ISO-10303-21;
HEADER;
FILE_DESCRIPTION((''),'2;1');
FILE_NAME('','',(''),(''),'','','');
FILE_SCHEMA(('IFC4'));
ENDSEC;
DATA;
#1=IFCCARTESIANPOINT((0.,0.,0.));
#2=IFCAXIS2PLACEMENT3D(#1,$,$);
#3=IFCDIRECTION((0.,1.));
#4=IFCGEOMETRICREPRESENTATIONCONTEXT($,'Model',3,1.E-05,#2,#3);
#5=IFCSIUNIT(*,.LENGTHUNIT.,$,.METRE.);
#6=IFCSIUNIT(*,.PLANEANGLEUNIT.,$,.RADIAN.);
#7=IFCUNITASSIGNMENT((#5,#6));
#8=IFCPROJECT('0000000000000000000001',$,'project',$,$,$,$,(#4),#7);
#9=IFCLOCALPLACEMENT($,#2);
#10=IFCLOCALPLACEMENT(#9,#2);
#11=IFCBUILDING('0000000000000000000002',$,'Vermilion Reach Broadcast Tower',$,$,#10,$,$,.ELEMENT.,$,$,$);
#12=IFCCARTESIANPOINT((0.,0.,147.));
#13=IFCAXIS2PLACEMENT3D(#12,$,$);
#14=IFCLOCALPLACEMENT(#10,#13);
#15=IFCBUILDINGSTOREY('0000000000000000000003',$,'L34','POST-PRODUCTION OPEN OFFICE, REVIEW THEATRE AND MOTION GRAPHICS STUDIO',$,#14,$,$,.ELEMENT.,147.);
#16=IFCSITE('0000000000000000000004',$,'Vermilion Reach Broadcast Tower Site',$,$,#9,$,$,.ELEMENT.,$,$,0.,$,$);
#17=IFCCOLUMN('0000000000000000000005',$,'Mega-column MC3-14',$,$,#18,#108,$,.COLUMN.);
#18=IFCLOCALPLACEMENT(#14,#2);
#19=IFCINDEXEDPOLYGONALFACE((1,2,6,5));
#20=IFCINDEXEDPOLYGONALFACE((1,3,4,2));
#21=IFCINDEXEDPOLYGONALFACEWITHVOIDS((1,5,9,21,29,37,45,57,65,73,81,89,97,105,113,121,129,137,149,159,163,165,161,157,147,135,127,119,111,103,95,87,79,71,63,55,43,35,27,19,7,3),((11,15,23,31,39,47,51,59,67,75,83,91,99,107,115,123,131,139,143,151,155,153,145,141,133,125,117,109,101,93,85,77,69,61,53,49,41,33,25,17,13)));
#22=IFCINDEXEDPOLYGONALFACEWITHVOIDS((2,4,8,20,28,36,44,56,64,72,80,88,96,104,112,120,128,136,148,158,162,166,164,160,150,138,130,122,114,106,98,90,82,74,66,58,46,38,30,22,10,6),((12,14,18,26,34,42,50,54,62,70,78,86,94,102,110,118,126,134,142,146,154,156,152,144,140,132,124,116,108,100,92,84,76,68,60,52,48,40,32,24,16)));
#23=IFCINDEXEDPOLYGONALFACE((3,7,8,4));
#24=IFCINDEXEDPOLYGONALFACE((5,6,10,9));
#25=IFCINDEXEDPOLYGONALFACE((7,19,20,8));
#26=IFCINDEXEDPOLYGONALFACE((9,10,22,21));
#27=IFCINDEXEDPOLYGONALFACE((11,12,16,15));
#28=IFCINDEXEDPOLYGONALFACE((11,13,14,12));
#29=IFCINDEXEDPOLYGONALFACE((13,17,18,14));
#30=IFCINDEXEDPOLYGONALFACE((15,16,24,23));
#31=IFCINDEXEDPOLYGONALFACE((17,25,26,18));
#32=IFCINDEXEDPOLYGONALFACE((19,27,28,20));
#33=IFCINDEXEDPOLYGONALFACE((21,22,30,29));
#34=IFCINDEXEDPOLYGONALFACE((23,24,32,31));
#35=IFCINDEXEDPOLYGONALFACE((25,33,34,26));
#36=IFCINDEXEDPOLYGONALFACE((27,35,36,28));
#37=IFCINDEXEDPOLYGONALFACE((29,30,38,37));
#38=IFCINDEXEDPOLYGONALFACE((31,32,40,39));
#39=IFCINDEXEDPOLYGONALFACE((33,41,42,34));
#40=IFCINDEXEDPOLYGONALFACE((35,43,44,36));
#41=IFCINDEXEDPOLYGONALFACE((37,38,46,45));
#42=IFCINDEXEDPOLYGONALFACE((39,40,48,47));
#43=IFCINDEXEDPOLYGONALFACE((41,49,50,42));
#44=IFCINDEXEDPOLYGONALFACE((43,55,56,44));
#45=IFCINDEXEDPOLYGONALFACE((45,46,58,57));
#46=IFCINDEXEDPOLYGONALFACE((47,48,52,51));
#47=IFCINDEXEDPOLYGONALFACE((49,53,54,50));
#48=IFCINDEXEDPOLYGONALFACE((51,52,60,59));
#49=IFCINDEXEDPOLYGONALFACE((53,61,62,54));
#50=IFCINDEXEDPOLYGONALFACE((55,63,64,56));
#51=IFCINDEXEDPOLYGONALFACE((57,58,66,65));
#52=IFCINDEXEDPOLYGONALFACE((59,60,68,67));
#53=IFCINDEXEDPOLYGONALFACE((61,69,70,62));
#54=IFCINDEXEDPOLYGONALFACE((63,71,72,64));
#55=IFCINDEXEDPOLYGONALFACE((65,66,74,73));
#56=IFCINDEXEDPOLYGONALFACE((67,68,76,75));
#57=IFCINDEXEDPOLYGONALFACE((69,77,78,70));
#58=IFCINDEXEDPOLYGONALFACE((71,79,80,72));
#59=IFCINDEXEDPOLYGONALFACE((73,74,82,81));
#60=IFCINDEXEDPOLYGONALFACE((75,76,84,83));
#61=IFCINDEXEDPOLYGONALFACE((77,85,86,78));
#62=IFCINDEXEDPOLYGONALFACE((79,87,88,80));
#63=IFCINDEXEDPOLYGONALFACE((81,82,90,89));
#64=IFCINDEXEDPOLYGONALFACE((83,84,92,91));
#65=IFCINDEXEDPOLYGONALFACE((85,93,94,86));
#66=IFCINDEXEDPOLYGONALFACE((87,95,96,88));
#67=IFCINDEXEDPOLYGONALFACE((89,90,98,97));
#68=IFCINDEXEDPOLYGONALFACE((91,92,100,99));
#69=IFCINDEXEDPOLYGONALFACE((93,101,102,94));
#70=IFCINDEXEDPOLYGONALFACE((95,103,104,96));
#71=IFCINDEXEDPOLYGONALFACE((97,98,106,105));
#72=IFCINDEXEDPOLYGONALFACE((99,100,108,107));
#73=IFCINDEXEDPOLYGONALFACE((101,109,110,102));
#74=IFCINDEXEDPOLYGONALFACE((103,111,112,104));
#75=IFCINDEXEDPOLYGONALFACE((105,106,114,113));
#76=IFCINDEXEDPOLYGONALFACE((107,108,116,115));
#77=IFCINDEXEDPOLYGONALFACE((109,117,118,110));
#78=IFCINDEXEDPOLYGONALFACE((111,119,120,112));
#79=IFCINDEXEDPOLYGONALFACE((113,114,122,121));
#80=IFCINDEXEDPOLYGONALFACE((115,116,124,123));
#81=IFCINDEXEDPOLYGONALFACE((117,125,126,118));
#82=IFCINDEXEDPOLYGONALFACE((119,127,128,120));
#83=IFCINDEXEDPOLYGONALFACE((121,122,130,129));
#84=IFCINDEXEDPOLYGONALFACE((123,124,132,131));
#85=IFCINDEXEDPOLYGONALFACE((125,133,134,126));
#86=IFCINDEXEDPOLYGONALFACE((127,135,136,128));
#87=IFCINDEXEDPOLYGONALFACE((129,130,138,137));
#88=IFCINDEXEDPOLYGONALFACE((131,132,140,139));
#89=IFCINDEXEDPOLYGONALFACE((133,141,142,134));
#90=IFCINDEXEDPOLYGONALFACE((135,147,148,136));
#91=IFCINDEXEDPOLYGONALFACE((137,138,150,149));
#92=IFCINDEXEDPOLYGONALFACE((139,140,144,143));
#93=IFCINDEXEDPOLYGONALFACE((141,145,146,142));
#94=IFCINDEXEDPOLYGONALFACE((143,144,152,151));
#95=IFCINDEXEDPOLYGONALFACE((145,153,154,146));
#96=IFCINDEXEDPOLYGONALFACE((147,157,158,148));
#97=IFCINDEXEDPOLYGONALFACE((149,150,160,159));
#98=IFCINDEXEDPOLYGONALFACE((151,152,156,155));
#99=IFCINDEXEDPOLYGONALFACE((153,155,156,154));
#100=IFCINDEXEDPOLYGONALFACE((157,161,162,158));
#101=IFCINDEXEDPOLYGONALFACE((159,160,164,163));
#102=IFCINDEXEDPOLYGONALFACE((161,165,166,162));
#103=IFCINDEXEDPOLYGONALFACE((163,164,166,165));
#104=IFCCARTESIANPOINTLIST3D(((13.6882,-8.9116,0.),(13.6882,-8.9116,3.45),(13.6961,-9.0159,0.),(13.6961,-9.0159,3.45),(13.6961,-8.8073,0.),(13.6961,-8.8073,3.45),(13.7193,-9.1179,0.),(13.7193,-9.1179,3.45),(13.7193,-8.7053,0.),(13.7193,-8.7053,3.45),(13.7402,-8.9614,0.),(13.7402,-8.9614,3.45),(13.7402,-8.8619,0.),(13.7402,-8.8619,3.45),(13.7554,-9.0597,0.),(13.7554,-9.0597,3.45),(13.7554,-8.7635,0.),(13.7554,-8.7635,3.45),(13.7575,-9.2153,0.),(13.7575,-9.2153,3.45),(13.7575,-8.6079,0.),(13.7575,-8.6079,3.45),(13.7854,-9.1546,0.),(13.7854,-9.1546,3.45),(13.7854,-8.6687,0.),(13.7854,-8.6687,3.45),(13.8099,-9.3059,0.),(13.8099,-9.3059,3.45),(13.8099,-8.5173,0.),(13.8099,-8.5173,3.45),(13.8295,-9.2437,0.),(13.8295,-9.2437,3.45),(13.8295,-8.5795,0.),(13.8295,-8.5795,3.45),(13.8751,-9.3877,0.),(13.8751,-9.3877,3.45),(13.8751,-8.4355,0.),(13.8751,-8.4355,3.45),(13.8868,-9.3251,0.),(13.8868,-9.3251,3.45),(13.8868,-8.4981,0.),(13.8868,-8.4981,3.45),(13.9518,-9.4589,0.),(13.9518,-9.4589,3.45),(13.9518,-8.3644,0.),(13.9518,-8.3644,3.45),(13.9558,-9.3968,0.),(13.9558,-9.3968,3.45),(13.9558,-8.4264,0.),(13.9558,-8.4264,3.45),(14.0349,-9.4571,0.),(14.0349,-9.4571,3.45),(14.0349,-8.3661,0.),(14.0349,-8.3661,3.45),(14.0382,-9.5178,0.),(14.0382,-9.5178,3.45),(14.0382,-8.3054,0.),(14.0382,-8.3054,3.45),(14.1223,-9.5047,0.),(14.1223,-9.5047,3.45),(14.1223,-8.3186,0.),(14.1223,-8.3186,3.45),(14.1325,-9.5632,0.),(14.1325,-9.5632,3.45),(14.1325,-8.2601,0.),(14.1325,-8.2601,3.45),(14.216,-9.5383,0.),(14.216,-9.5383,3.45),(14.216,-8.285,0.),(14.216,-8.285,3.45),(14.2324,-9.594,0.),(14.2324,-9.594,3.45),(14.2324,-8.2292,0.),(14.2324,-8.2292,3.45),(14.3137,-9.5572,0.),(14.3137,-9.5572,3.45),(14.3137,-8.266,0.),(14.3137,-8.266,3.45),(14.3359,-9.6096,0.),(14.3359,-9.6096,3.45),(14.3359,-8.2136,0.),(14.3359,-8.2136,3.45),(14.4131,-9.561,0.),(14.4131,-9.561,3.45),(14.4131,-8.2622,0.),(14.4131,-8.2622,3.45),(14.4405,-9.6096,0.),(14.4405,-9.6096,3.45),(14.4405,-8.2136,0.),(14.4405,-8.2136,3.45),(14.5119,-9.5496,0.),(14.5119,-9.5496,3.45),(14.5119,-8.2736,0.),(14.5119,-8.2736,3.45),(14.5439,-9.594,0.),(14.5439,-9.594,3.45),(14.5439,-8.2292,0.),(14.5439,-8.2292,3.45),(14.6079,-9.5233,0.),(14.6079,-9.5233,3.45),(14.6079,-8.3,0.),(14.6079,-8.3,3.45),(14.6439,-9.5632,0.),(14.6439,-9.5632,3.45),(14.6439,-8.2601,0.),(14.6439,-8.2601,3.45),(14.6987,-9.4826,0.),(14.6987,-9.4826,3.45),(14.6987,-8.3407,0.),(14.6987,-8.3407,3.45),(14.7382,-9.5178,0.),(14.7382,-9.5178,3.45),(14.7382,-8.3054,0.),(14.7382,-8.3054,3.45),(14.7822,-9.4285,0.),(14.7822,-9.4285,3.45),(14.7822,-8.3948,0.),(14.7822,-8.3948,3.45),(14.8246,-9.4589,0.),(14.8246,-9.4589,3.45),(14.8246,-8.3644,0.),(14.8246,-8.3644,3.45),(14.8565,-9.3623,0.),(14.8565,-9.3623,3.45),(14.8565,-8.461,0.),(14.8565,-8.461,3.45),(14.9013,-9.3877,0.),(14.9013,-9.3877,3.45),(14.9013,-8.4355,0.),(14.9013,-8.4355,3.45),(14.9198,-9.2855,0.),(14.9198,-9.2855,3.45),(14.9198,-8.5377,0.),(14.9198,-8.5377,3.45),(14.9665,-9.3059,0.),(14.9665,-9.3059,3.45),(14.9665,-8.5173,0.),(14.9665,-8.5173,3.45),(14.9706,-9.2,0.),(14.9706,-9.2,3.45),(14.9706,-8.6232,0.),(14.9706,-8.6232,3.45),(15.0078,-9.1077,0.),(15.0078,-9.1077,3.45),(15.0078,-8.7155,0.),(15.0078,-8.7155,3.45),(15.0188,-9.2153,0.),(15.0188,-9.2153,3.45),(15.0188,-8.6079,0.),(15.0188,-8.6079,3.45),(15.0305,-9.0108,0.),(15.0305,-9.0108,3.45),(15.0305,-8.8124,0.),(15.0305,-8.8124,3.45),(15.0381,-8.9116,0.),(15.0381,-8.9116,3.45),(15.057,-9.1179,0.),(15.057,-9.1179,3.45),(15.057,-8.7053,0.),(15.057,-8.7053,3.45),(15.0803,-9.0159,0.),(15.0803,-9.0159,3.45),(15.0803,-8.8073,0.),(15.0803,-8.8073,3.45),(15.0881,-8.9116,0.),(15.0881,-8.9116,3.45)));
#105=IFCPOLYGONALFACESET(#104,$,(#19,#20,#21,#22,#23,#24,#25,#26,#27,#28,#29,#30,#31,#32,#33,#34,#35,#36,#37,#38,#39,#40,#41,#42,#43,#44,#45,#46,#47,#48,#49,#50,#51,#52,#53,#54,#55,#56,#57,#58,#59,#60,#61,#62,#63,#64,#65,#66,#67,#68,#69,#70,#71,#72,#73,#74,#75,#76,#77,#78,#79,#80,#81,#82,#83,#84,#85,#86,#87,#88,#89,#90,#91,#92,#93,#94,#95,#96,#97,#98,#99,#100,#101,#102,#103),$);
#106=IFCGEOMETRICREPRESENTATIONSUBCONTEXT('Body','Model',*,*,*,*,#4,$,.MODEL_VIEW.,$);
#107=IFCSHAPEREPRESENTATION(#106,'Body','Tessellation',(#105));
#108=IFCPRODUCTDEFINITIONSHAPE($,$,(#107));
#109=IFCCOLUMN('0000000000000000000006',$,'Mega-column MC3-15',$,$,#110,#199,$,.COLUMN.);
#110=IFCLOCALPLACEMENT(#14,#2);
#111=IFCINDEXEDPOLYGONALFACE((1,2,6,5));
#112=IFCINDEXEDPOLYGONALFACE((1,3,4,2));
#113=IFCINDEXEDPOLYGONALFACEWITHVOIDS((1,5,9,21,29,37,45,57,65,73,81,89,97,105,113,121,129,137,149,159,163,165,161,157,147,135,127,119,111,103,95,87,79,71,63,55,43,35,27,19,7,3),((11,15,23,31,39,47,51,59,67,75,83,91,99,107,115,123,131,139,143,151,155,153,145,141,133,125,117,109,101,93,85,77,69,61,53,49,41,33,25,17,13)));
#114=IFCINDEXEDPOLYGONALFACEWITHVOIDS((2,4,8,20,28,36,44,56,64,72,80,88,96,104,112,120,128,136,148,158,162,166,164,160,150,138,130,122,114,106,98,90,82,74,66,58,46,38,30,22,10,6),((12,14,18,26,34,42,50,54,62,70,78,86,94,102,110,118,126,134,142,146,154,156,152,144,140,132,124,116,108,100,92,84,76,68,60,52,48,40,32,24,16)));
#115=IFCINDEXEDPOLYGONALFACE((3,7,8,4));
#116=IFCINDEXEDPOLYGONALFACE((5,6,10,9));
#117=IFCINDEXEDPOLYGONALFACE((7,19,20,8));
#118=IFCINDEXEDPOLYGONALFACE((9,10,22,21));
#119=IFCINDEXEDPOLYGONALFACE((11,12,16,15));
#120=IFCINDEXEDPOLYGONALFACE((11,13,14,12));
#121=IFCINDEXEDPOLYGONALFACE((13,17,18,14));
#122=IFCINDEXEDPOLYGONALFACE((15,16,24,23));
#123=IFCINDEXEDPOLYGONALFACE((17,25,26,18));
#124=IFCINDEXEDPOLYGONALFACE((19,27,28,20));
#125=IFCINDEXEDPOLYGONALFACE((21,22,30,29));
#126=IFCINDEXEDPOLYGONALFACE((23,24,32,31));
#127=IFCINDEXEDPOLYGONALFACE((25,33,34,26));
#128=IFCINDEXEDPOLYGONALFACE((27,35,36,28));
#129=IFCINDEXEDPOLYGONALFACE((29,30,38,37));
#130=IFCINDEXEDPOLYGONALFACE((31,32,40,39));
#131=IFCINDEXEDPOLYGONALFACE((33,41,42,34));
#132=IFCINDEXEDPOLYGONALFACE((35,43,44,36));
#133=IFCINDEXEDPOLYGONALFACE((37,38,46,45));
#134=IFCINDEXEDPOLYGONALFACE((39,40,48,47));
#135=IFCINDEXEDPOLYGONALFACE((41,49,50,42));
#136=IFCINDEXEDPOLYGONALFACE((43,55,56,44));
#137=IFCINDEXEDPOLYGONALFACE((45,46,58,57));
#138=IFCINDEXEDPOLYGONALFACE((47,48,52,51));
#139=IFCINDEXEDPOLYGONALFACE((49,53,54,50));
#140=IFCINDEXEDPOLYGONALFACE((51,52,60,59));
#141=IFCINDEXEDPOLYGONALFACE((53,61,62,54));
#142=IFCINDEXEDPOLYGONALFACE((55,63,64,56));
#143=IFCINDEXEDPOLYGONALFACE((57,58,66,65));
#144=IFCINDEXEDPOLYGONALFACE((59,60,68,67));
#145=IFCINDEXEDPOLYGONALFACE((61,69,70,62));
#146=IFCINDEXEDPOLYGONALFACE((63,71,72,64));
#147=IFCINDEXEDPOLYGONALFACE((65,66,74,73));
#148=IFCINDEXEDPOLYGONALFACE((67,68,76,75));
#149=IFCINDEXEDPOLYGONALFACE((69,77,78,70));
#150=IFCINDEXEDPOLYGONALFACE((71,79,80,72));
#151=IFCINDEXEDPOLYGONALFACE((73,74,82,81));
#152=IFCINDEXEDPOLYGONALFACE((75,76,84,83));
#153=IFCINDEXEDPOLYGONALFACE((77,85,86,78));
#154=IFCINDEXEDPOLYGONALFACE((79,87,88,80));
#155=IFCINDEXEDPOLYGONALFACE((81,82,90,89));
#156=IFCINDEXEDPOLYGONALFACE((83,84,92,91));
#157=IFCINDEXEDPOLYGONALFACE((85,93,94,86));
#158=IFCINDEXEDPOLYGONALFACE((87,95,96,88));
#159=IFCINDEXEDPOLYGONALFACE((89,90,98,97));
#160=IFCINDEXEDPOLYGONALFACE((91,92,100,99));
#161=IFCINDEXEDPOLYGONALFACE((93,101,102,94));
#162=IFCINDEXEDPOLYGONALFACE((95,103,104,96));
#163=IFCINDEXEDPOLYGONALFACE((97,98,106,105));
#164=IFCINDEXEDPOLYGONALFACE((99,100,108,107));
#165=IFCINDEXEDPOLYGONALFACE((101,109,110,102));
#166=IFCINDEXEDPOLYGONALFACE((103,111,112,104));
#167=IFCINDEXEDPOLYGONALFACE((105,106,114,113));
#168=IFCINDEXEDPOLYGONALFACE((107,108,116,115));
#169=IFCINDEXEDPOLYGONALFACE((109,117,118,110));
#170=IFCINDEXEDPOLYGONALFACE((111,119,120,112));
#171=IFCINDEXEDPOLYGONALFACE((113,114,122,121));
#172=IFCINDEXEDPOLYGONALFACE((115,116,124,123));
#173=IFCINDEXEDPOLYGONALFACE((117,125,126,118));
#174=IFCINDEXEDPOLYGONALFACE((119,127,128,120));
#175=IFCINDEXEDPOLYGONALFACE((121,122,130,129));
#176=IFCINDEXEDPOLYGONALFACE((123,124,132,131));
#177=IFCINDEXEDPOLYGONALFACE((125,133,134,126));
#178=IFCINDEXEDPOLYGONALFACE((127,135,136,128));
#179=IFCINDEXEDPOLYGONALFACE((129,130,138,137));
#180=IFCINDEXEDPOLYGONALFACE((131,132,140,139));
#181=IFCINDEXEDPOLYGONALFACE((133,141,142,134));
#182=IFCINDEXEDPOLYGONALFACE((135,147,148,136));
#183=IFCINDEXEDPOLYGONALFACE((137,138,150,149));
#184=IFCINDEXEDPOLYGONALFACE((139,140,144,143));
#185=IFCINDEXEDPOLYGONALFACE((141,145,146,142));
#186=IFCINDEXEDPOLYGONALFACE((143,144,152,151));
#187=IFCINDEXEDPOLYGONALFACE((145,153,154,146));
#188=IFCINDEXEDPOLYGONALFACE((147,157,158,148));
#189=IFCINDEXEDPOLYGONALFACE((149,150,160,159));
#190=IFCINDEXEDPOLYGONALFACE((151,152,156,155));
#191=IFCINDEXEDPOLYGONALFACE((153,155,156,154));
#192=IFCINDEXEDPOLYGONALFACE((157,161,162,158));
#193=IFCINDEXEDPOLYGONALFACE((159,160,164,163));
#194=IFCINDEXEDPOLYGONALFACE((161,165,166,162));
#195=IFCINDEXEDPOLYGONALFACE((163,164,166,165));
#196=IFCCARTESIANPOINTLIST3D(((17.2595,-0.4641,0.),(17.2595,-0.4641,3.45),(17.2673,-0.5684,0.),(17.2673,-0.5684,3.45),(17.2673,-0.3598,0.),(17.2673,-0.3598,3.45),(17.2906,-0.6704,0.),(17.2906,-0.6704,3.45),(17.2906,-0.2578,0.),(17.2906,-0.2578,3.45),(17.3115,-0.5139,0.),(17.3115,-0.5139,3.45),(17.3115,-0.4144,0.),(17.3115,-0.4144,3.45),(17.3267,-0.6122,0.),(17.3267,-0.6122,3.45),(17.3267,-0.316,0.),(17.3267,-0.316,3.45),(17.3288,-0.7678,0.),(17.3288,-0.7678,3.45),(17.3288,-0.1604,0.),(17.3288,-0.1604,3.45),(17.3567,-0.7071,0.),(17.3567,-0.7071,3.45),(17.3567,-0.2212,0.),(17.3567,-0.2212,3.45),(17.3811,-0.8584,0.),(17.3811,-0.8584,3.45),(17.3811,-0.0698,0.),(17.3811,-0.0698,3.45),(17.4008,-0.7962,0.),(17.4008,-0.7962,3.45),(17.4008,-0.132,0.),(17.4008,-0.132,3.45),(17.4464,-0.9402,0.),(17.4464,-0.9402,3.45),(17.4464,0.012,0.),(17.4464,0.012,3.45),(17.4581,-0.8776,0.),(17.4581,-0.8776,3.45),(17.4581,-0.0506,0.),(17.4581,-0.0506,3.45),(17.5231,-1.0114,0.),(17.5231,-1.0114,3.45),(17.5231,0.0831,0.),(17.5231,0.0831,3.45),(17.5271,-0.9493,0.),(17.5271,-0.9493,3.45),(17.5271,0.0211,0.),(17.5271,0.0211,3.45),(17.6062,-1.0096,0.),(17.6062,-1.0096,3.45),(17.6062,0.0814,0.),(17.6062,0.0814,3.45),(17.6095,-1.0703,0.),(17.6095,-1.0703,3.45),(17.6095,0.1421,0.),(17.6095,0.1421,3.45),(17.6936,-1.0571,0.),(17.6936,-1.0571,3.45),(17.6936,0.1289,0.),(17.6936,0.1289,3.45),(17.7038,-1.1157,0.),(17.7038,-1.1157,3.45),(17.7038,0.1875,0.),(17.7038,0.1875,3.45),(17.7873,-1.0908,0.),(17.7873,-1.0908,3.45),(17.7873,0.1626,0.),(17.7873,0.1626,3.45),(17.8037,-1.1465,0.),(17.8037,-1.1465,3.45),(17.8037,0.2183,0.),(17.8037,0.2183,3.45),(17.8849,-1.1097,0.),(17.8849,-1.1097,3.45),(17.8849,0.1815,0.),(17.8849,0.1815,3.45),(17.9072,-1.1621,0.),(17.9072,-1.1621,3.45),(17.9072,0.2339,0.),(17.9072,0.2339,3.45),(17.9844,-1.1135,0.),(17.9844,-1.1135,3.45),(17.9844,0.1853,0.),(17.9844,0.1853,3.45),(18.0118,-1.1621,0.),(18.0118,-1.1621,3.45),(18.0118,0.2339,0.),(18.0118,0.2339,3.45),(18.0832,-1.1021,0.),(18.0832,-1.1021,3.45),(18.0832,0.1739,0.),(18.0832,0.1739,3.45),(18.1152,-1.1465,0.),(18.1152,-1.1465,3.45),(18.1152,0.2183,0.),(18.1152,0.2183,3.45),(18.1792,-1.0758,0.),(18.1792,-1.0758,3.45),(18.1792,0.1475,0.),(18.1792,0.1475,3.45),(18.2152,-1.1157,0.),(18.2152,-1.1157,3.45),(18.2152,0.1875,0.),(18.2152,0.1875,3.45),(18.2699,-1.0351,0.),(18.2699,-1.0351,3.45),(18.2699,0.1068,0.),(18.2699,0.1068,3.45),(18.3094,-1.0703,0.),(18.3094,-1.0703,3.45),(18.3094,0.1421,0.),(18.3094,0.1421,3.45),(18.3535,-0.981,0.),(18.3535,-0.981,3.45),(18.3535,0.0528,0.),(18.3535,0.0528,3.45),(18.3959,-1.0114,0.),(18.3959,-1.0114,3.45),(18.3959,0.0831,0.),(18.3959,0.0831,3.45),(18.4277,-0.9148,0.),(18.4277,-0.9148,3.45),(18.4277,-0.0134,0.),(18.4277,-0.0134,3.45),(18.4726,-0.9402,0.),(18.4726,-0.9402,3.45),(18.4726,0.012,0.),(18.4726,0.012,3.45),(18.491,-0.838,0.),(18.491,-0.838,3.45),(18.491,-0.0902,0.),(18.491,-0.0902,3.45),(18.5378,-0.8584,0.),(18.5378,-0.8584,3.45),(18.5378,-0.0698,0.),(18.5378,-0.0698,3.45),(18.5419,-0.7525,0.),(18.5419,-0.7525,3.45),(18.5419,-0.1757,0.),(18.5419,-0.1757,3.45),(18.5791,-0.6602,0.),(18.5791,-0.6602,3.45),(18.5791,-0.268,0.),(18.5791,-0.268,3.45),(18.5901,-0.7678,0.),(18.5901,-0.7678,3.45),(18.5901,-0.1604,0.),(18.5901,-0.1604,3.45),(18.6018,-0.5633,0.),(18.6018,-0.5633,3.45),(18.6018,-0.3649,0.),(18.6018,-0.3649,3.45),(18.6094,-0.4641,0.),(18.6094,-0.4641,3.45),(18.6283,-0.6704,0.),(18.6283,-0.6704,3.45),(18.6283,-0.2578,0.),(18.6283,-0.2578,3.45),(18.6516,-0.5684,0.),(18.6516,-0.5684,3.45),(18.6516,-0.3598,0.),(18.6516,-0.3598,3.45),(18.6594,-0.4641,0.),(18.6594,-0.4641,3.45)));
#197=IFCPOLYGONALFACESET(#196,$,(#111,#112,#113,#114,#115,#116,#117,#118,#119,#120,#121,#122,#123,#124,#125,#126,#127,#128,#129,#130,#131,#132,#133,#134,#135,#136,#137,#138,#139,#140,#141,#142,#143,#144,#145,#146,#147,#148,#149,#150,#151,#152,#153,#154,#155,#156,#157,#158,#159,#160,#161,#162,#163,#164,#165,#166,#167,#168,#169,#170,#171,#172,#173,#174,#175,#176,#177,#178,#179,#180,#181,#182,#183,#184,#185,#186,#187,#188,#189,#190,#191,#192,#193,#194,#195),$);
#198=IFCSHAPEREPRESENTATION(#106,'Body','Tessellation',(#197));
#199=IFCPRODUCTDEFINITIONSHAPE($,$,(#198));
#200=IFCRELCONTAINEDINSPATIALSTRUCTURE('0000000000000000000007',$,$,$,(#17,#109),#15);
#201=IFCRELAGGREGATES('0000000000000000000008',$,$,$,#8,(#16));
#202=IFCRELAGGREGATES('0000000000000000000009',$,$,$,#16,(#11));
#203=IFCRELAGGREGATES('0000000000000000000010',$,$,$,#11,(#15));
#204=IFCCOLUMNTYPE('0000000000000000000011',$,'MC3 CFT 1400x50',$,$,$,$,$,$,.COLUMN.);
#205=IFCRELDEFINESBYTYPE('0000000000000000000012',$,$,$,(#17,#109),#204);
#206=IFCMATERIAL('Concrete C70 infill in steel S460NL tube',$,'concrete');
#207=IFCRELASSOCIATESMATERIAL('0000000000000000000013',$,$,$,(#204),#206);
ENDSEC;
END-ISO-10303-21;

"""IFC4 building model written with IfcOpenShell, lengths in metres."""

from ifc_helpers import new_model, si_unit, direction, frame, origin, origin_2d, place, context, subcontext, project, spatial, hollow_circle, extrude, material, material_profile, profile_set, type_object, element, save


model = new_model("IFC4")

# Units and contexts
model_context = context("Model", 3, precision=1e-05, world=origin(), true_north=direction((0.0, 1.0)))
body_context = subcontext(model_context, "Body", "Model", "MODEL_VIEW")
ifc_project = project(units=[si_unit("LENGTHUNIT", "METRE"), si_unit("PLANEANGLEUNIT", "RADIAN")], contexts=[model_context])

# Site, building, storey
site_placement = place(None, origin())
site = spatial("IfcSite", under=ifc_project, at=site_placement, Name="Vermilion Reach Broadcast Tower Site", CompositionType="ELEMENT", RefElevation=0.0)
building_placement = place(site_placement, origin())
building = spatial("IfcBuilding", under=site, at=building_placement, Name="Vermilion Reach Broadcast Tower", CompositionType="ELEMENT")
storey_placement = place(building_placement, frame((0.0, 0.0, 147.0)))
storey = spatial("IfcBuildingStorey", under=building, at=storey_placement, Name="L34", Description="POST-PRODUCTION OPEN OFFICE, REVIEW THEATRE AND MOTION GRAPHICS STUDIO", CompositionType="ELEMENT", Elevation=147.0)

# Columns
ifc_material_1 = material(Name="Concrete C70 infill in steel S460NL tube", Category="concrete")
ifc_material_profile_1 = material_profile(ifc_material_1, hollow_circle(Radius=0.7, WallThickness=0.05, at=origin_2d()), Name="Concrete C70 infill in steel S460NL tube CFT 1400x50")
ifc_profile_set_1 = profile_set([ifc_material_profile_1], Name="Concrete C70 infill in steel S460NL tube")
column_type = type_object("IfcColumnType", Name="MC3 CFT 1400x50", PredefinedType="COLUMN", material=ifc_profile_set_1)
for number, where, z_axis, x_axis, name in (
    (1, (14.3882, -8.9116, 0.0), (0.0, 0.0, 1.0), (1.0, 0.0, 0.0), "Mega-column MC3-14"),
    (2, (17.9595, -0.4641, 0.0), (0.0, 0.0, 1.0), (1.0, 0.0, 0.0), "Mega-column MC3-15"),
):
    element("IfcColumn", number, at=place(storey_placement, frame(where, z_axis=z_axis, x_axis=x_axis)), inside=storey, type_object=column_type, Name=name, PredefinedType="COLUMN", context=body_context, shape_type="SweptSolid", body=[
        extrude(hollow_circle(Radius=0.7, WallThickness=0.05, at=origin_2d()), origin(), (0.0, 0.0, 1.0), 3.45),
    ])

save(model, "model.ifc")
